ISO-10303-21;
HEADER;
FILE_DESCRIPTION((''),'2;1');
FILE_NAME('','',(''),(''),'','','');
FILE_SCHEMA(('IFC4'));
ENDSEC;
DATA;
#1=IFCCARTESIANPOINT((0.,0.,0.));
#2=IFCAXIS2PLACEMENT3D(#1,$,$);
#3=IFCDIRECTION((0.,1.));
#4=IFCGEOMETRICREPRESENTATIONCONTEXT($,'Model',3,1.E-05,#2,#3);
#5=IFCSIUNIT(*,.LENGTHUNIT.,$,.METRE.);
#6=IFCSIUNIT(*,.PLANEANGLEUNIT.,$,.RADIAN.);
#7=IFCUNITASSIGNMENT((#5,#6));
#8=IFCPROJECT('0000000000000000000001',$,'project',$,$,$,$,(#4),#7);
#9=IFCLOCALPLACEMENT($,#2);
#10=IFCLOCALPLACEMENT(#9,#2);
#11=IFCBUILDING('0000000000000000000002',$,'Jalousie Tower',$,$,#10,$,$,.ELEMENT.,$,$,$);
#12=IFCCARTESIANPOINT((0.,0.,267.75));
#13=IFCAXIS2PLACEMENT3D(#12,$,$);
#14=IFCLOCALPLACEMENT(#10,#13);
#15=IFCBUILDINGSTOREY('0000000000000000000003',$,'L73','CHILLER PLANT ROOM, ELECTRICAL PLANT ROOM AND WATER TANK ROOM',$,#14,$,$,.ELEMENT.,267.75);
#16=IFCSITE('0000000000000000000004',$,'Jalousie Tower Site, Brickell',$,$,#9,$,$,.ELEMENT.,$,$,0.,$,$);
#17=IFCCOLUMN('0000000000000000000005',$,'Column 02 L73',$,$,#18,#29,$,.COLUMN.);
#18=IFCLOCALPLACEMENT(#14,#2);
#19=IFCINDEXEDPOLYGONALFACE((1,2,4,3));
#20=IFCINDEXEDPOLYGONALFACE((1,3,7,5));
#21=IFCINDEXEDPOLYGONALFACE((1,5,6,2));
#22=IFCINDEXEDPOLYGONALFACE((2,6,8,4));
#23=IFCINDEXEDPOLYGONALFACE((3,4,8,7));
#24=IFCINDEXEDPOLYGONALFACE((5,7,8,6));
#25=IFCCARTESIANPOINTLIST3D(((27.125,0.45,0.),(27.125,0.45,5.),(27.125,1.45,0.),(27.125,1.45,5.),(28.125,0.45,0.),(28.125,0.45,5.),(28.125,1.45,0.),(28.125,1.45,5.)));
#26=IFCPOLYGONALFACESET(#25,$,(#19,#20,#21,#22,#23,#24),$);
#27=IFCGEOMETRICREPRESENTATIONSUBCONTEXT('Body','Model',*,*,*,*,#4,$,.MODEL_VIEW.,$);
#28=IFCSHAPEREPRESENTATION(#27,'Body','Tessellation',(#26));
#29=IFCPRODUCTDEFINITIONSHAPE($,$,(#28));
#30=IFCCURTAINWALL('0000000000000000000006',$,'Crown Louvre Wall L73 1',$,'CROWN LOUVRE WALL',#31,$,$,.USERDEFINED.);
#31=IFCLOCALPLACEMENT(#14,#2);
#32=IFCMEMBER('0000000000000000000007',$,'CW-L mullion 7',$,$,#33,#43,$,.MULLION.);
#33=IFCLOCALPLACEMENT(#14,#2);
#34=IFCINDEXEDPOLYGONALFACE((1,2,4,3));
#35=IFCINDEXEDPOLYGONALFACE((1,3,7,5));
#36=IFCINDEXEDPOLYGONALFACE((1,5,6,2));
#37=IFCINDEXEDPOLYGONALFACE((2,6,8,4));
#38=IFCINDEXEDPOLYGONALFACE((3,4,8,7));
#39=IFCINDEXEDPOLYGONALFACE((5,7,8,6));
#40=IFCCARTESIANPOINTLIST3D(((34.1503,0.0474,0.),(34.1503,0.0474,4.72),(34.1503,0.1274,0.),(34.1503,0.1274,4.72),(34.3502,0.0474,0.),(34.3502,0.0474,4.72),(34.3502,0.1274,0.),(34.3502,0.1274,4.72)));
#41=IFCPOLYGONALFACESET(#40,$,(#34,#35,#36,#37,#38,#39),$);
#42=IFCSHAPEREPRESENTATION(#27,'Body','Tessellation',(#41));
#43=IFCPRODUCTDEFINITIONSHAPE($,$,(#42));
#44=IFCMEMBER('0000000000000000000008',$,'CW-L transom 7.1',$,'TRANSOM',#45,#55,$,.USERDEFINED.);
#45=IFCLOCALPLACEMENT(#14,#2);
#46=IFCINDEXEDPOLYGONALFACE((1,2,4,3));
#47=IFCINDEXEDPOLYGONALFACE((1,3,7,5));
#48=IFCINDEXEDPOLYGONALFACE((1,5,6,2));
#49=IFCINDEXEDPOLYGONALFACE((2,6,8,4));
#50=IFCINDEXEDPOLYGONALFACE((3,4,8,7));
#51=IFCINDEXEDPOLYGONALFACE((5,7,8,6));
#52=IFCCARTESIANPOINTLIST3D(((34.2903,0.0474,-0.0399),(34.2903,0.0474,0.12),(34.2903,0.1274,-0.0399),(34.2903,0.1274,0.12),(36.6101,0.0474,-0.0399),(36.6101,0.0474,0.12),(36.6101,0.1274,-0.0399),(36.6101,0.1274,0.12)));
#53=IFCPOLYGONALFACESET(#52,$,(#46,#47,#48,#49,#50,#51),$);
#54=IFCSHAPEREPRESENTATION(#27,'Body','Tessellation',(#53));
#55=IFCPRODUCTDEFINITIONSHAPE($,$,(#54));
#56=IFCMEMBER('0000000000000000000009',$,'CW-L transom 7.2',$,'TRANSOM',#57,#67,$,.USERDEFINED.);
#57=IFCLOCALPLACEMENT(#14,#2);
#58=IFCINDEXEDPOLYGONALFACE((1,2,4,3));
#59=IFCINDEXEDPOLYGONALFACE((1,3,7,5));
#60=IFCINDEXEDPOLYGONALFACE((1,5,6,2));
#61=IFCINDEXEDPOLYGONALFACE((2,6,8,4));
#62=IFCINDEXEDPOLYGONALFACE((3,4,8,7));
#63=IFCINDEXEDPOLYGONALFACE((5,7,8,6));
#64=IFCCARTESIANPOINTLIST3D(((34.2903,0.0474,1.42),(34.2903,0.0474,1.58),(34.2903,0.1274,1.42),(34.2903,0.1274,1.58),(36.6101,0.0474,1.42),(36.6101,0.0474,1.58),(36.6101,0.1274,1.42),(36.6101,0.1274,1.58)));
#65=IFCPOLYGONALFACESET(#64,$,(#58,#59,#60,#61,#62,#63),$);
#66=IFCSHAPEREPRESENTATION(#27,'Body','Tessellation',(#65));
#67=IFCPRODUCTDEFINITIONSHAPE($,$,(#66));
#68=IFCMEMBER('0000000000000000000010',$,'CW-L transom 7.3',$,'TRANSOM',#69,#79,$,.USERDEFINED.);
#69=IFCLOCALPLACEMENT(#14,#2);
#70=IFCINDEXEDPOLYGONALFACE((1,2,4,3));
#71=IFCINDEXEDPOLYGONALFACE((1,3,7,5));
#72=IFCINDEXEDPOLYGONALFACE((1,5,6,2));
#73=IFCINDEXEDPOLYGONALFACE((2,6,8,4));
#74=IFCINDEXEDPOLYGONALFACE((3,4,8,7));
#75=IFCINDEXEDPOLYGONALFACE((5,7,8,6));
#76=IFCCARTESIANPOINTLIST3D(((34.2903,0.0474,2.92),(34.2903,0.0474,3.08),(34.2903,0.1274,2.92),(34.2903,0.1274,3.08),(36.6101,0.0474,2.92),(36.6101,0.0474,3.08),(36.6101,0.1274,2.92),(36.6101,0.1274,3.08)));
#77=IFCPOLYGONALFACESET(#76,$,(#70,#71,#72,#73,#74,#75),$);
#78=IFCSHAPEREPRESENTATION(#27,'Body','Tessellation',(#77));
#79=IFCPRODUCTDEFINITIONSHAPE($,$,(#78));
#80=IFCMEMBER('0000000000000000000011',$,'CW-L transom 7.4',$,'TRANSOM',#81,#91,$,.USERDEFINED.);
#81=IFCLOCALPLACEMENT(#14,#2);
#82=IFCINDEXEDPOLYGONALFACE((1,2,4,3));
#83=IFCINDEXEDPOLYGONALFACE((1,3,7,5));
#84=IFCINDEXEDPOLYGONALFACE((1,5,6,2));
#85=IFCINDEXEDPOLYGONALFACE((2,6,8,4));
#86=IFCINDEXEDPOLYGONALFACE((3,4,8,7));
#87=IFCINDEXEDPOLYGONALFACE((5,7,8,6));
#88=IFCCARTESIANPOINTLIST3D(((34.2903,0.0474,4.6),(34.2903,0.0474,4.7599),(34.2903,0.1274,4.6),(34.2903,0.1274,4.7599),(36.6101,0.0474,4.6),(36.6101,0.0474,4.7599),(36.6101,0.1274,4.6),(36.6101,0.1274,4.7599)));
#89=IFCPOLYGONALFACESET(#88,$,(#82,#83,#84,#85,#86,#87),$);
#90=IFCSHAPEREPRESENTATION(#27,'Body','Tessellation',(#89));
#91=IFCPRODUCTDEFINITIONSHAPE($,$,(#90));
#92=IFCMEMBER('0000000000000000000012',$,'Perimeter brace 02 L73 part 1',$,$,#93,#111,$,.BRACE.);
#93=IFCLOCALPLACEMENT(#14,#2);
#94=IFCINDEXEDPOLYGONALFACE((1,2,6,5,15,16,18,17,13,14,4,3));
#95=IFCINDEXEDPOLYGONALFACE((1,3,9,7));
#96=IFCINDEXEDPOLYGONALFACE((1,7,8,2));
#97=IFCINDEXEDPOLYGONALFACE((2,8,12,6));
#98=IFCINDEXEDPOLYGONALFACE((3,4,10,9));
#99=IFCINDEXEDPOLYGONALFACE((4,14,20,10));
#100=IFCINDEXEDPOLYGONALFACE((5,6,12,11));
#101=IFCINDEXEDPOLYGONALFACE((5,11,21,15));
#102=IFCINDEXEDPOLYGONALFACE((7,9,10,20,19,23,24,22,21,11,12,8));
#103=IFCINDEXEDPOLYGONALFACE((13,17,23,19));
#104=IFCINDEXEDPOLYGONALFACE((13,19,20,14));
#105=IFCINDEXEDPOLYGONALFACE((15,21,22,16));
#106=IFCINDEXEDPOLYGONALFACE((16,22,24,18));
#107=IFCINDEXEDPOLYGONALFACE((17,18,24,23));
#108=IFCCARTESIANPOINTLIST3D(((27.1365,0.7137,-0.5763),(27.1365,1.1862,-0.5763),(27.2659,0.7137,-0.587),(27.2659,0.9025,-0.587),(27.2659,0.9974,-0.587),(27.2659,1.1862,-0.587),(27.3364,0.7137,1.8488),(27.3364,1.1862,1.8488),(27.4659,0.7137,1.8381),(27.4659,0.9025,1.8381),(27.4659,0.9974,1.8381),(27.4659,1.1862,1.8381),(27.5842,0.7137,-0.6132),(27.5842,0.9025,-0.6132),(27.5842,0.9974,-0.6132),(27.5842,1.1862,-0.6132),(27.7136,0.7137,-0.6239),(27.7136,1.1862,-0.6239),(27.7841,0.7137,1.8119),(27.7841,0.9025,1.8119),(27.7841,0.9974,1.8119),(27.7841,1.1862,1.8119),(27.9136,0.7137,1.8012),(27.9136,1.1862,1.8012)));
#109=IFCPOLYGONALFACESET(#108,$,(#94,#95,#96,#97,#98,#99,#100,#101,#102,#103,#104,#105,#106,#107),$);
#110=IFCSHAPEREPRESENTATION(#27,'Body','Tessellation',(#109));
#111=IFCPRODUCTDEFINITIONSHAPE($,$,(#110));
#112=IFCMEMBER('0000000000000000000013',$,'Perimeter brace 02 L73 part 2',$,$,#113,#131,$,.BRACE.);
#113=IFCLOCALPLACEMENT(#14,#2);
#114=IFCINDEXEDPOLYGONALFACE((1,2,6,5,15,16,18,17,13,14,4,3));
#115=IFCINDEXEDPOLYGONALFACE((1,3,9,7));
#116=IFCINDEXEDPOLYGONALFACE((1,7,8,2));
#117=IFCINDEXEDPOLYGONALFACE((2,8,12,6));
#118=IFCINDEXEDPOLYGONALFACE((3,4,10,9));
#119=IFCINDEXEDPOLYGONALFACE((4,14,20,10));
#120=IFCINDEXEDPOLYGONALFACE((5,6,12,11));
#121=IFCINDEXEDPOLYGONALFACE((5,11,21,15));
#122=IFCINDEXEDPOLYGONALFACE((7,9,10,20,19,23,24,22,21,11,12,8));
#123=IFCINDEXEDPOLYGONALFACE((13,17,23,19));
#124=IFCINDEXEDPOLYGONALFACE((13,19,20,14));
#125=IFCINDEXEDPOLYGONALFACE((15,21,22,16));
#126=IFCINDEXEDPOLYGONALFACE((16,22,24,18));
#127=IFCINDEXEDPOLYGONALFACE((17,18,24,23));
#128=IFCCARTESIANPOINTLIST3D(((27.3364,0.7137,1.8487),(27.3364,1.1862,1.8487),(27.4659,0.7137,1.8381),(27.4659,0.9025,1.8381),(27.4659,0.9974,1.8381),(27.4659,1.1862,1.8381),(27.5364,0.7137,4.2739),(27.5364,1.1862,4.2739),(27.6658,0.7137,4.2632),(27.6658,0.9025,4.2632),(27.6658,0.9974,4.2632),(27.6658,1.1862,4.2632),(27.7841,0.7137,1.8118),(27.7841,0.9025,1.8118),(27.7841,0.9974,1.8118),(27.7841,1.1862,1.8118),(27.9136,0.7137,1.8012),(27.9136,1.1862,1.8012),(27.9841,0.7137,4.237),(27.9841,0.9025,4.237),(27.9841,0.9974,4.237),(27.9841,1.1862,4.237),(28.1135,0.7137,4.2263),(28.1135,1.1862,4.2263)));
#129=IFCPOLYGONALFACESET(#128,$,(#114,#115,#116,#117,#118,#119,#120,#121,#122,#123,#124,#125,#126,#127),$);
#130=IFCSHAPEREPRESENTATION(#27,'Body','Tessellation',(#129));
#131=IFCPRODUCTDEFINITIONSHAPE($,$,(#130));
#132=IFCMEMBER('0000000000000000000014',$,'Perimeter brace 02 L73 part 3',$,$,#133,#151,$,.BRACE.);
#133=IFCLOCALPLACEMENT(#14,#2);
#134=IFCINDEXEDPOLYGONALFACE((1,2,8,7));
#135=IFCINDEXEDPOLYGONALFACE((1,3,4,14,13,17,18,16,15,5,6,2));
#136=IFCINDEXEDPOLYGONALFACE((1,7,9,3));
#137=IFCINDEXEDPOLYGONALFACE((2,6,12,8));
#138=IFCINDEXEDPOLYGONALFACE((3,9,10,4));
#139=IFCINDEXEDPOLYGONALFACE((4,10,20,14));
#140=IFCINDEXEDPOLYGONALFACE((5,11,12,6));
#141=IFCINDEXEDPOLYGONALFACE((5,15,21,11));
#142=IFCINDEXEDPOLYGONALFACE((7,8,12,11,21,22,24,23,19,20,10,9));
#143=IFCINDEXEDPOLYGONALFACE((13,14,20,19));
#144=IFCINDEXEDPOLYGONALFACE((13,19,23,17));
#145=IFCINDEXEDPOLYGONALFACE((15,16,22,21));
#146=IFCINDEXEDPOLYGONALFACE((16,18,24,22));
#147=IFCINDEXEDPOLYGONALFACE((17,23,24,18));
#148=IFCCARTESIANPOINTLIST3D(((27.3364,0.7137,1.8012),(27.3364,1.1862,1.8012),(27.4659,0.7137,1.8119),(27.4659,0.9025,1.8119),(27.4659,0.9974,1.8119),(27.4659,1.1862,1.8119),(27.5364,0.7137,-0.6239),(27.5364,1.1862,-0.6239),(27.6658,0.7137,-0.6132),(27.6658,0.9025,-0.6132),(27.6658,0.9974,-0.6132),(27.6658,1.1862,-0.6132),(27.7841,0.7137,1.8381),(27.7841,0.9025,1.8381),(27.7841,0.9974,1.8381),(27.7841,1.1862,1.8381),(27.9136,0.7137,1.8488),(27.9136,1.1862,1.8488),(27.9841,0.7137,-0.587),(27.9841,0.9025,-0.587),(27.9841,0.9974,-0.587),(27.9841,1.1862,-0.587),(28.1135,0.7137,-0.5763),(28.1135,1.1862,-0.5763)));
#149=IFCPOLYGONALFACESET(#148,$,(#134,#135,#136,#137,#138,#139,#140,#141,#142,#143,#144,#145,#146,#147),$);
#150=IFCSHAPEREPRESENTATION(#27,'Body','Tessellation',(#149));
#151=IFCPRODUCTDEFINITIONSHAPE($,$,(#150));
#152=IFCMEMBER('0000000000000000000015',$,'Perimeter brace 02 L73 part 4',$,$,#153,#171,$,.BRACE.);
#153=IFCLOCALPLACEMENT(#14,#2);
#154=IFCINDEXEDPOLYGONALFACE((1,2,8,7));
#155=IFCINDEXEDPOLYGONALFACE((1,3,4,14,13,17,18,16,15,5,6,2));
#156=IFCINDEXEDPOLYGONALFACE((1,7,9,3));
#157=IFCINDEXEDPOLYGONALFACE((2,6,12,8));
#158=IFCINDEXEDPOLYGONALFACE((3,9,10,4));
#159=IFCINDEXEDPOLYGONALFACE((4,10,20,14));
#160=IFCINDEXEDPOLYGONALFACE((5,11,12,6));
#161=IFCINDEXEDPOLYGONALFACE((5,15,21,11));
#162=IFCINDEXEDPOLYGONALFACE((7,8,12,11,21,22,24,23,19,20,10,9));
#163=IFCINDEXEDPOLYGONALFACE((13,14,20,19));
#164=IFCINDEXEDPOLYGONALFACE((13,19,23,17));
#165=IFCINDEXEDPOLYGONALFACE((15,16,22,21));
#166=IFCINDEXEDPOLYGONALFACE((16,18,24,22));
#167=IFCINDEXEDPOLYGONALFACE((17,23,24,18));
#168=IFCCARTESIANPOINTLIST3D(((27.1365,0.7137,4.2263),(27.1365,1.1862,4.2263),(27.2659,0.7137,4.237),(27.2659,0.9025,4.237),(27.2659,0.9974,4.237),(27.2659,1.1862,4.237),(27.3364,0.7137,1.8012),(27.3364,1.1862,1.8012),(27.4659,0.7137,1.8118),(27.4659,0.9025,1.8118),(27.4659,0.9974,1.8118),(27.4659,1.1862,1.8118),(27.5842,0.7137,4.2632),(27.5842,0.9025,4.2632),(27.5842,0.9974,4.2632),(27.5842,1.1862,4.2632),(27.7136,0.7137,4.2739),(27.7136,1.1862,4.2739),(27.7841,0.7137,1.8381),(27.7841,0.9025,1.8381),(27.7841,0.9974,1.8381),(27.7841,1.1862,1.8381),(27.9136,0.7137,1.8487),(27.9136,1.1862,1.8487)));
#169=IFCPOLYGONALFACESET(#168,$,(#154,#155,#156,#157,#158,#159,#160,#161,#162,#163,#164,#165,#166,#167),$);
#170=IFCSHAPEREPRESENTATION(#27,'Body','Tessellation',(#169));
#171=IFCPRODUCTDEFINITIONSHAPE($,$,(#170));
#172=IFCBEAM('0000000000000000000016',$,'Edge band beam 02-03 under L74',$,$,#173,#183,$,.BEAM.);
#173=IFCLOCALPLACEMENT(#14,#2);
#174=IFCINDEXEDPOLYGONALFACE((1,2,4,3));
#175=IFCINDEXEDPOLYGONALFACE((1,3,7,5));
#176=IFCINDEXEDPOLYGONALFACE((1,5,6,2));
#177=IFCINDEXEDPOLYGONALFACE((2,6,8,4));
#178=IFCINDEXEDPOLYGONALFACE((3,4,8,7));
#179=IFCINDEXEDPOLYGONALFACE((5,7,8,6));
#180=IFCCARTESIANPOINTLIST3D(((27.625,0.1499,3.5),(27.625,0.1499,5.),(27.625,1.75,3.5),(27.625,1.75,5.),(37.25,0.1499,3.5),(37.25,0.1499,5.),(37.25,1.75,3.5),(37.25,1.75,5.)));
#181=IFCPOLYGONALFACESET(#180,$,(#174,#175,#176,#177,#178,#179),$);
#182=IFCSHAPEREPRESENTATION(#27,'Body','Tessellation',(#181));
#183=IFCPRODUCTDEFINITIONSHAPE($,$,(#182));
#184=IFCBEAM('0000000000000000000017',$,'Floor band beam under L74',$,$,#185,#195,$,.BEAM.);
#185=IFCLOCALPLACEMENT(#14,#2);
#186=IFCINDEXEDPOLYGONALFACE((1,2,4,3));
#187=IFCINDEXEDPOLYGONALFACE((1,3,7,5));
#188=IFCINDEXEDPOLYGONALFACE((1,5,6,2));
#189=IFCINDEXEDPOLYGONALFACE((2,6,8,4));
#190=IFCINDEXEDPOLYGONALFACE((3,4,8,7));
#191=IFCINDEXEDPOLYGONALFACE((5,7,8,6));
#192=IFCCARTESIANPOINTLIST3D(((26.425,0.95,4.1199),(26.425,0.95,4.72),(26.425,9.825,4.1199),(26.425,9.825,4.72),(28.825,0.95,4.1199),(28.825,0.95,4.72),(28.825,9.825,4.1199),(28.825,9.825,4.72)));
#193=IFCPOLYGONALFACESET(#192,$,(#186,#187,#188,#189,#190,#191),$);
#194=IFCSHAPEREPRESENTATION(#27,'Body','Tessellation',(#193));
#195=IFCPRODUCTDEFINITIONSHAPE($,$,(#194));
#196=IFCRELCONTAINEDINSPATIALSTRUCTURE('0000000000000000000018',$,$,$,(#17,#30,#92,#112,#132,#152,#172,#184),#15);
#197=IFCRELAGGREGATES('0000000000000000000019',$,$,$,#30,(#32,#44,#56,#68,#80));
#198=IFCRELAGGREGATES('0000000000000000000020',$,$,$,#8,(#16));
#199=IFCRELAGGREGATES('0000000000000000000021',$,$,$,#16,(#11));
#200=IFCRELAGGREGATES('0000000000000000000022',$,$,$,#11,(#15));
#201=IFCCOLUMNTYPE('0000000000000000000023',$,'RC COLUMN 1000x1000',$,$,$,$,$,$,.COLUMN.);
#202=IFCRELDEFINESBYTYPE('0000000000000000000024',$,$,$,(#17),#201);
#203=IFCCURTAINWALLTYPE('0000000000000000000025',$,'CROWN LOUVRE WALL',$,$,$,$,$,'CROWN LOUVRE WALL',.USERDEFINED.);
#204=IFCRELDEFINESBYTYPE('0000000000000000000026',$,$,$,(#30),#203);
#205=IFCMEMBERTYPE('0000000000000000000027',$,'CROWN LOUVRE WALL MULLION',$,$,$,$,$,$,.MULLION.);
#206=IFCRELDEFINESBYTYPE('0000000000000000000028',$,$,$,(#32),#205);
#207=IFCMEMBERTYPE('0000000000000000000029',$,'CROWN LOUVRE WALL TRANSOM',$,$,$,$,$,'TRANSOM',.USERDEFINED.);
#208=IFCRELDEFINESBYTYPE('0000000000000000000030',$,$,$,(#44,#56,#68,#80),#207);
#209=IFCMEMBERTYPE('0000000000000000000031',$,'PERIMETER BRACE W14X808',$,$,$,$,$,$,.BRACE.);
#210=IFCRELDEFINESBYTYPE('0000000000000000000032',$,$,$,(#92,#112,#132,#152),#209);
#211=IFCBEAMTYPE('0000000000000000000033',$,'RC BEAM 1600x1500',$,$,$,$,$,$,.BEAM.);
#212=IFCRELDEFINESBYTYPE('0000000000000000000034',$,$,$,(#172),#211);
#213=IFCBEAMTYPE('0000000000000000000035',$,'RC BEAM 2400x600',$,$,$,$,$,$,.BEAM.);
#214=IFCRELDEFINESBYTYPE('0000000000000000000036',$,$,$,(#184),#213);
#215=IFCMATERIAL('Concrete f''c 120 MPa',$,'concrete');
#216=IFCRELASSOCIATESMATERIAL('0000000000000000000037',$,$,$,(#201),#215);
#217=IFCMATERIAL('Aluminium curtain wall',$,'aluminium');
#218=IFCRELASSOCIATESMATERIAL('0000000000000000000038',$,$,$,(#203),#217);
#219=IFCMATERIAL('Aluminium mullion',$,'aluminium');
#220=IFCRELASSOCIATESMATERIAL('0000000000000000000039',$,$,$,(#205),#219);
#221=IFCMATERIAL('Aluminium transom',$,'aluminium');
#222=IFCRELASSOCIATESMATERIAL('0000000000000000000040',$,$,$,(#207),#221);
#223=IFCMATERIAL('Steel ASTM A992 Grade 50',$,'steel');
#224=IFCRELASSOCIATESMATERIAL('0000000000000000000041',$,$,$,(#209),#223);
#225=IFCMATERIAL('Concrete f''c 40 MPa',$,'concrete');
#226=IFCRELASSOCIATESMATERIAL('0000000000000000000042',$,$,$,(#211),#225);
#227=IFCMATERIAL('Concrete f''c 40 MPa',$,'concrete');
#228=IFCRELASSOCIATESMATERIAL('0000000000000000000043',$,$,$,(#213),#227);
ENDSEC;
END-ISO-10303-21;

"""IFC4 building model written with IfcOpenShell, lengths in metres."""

from ifc_helpers import new_model, si_unit, direction, frame, origin, origin_2d, place, context, subcontext, project, spatial, rectangle, i_section, extrude, material, material_profile, profile_set, type_object, element, aggregate, save


model = new_model("IFC4")

# Units and contexts
model_context = context("Model", 3, precision=1e-05, world=origin(), true_north=direction((0.0, 1.0)))
body_context = subcontext(model_context, "Body", "Model", "MODEL_VIEW")
ifc_project = project(units=[si_unit("LENGTHUNIT", "METRE"), si_unit("PLANEANGLEUNIT", "RADIAN")], contexts=[model_context])

# Site, building, storey
site_placement = place(None, origin())
site = spatial("IfcSite", under=ifc_project, at=site_placement, Name="Jalousie Tower Site, Brickell", CompositionType="ELEMENT", RefElevation=0.0)
building_placement = place(site_placement, origin())
building = spatial("IfcBuilding", under=site, at=building_placement, Name="Jalousie Tower", CompositionType="ELEMENT")
storey_placement = place(building_placement, frame((0.0, 0.0, 267.75)))
storey = spatial("IfcBuildingStorey", under=building, at=storey_placement, Name="L73", Description="CHILLER PLANT ROOM, ELECTRICAL PLANT ROOM AND WATER TANK ROOM", CompositionType="ELEMENT", Elevation=267.75)

# Column
ifc_material_1 = material(Name="Concrete f'c 120 MPa", Category="concrete")
ifc_material_profile_1 = material_profile(ifc_material_1, rectangle(XDim=1.0, YDim=1.0, at=origin_2d()), Name="RC 1000x1000")
ifc_profile_set_1 = profile_set([ifc_material_profile_1], Name="Concrete f'c 120 MPa")
column_type = type_object("IfcColumnType", Name="RC COLUMN 1000x1000", PredefinedType="COLUMN", material=ifc_profile_set_1)
column_placement = place(storey_placement, frame((27.625, 0.95, 0.0), z_axis=(0.0, 0.0, 1.0), x_axis=(1.0, 0.0, 0.0)))
element("IfcColumn", 1, at=column_placement, inside=storey, type_object=column_type, Name="Column 02 L73", PredefinedType="COLUMN", context=body_context, shape_type="SweptSolid", body=[
    extrude(rectangle(XDim=1.0, YDim=1.0, at=origin_2d()), origin(), (0.0, 0.0, 1.0), 5.0),
])

# Curtain wall, members
ifc_material_2 = material(Name="Aluminium curtain wall", Category="aluminium")
curtain_wall_type = type_object("IfcCurtainWallType", Name="CROWN LOUVRE WALL", ElementType="CROWN LOUVRE WALL", PredefinedType="USERDEFINED", material=ifc_material_2)
curtain_wall_placement = place(storey_placement, origin())
curtain_wall = element("IfcCurtainWall", 2, at=curtain_wall_placement, inside=storey, type_object=curtain_wall_type, Name="Crown Louvre Wall L73 1", ObjectType="CROWN LOUVRE WALL", PredefinedType="USERDEFINED")
ifc_material_3 = material(Name="Aluminium mullion", Category="aluminium")
ifc_material_profile_2 = material_profile(ifc_material_3, rectangle(XDim=0.0801, YDim=0.2, at=origin_2d()), Name="MULLION 80x200")
ifc_profile_set_2 = profile_set([ifc_material_profile_2], Name="Aluminium mullion")
member_type_1 = type_object("IfcMemberType", Name="CROWN LOUVRE WALL MULLION", PredefinedType="MULLION", material=ifc_profile_set_2)
member_1_placement = place(storey_placement, frame((34.2502, 0.0874, 0.0), z_axis=(0.0, 0.0, 1.0), x_axis=(0.0, 1.0, 0.0)))
member_1 = element("IfcMember", 3, at=member_1_placement, type_object=member_type_1, Name="CW-L mullion 7", PredefinedType="MULLION", context=body_context, shape_type="SweptSolid", body=[
    extrude(rectangle(XDim=0.0801, YDim=0.2, at=origin_2d()), origin(), (0.0, 0.0, 1.0), 4.72),
])
ifc_material_4 = material(Name="Aluminium transom", Category="aluminium")
ifc_material_profile_3 = material_profile(ifc_material_4, rectangle(XDim=0.0801, YDim=0.1599, at=origin_2d()), Name="TRANSOM 80x160")
ifc_profile_set_3 = profile_set([ifc_material_profile_3], Name="Aluminium transom")
member_type_2 = type_object("IfcMemberType", Name="CROWN LOUVRE WALL TRANSOM", ElementType="TRANSOM", PredefinedType="USERDEFINED", material=ifc_profile_set_3)
member_2_placement = place(storey_placement, frame((34.2903, 0.0874, 0.04), z_axis=(1.0, 0.0, 0.0), x_axis=(0.0, 1.0, 0.0)))
member_2 = element("IfcMember", 4, at=member_2_placement, type_object=member_type_2, Name="CW-L transom 7.1", ObjectType="TRANSOM", PredefinedType="USERDEFINED", context=body_context, shape_type="SweptSolid", body=[
    extrude(rectangle(XDim=0.0801, YDim=0.1599, at=origin_2d()), origin(), (0.0, 0.0, 1.0), 2.3198),
])
member_3_placement = place(storey_placement, frame((34.2903, 0.0874, 1.5), z_axis=(1.0, 0.0, 0.0), x_axis=(0.0, 1.0, 0.0)))
member_3 = element("IfcMember", 5, at=member_3_placement, type_object=member_type_2, Name="CW-L transom 7.2", ObjectType="TRANSOM", PredefinedType="USERDEFINED", context=body_context, shape_type="SweptSolid", body=[
    extrude(rectangle(XDim=0.0801, YDim=0.1599, at=origin_2d()), origin(), (0.0, 0.0, 1.0), 2.3198),
])
member_4_placement = place(storey_placement, frame((34.2903, 0.0874, 3.0), z_axis=(1.0, 0.0, 0.0), x_axis=(0.0, 1.0, 0.0)))
member_4 = element("IfcMember", 6, at=member_4_placement, type_object=member_type_2, Name="CW-L transom 7.3", ObjectType="TRANSOM", PredefinedType="USERDEFINED", context=body_context, shape_type="SweptSolid", body=[
    extrude(rectangle(XDim=0.0801, YDim=0.1599, at=origin_2d()), origin(), (0.0, 0.0, 1.0), 2.3198),
])
member_5_placement = place(storey_placement, frame((34.2903, 0.0874, 4.6799), z_axis=(1.0, 0.0, 0.0), x_axis=(0.0, 1.0, 0.0)))
member_5 = element("IfcMember", 7, at=member_5_placement, type_object=member_type_2, Name="CW-L transom 7.4", ObjectType="TRANSOM", PredefinedType="USERDEFINED", context=body_context, shape_type="SweptSolid", body=[
    extrude(rectangle(XDim=0.0801, YDim=0.1599, at=origin_2d()), origin(), (0.0, 0.0, 1.0), 2.3198),
])

# Members
ifc_material_5 = material(Name="Steel ASTM A992 Grade 50", Category="steel")
ifc_material_profile_4 = material_profile(ifc_material_5, i_section(OverallWidth=0.4724, OverallDepth=0.5791, WebThickness=0.095, FlangeThickness=0.1299, at=origin_2d()), Name="W14X808")
ifc_profile_set_4 = profile_set([ifc_material_profile_4], Name="Steel ASTM A992 Grade 50")
member_type_3 = type_object("IfcMemberType", Name="PERIMETER BRACE W14X808", PredefinedType="BRACE", material=ifc_profile_set_4)
for number, where, z_axis, x_axis, name in (
    (8, (27.425, 0.95, -0.6001), (0.082174, 0.0, 0.996618), (0.0, 1.0, 0.0), "Perimeter brace 02 L73 part 1"),
    (9, (27.625, 0.95, 1.825), (0.082174, 0.0, 0.996618), (0.0, 1.0, 0.0), "Perimeter brace 02 L73 part 2"),
    (10, (27.825, 0.95, -0.6001), (-0.082174, 0.0, 0.996618), (0.0, -1.0, 0.0), "Perimeter brace 02 L73 part 3"),
    (11, (27.625, 0.95, 1.825), (-0.082174, 0.0, 0.996618), (0.0, -1.0, 0.0), "Perimeter brace 02 L73 part 4"),
):
    element("IfcMember", number, at=place(storey_placement, frame(where, z_axis=z_axis, x_axis=x_axis)), inside=storey, type_object=member_type_3, Name=name, PredefinedType="BRACE", context=body_context, shape_type="SweptSolid", body=[
        extrude(i_section(OverallWidth=0.4724, OverallDepth=0.5791, WebThickness=0.095, FlangeThickness=0.1299, at=origin_2d()), origin(), (0.0, 0.0, 1.0), 2.4333),
    ])

# Beams
ifc_material_6 = material(Name="Concrete f'c 40 MPa", Category="concrete")
ifc_material_profile_5 = material_profile(ifc_material_6, rectangle(XDim=1.6001, YDim=1.5, at=origin_2d()), Name="RC 1600x1500")
ifc_profile_set_5 = profile_set([ifc_material_profile_5], Name="Concrete f'c 40 MPa")
beam_type_1 = type_object("IfcBeamType", Name="RC BEAM 1600x1500", PredefinedType="BEAM", material=ifc_profile_set_5)
beam_1_placement = place(storey_placement, frame((27.625, 0.95, 4.25), z_axis=(1.0, 0.0, 0.0), x_axis=(0.0, 1.0, 0.0)))
element("IfcBeam", 12, at=beam_1_placement, inside=storey, type_object=beam_type_1, Name="Edge band beam 02-03 under L74", PredefinedType="BEAM", context=body_context, shape_type="SweptSolid", body=[
    extrude(rectangle(XDim=1.6001, YDim=1.5, at=origin_2d()), origin(), (0.0, 0.0, 1.0), 9.625),
])
ifc_material_7 = material(Name="Concrete f'c 40 MPa", Category="concrete")
ifc_material_profile_6 = material_profile(ifc_material_7, rectangle(XDim=2.3999, YDim=0.6001, at=origin_2d()), Name="RC 2400x600")
ifc_profile_set_6 = profile_set([ifc_material_profile_6], Name="Concrete f'c 40 MPa")
beam_type_2 = type_object("IfcBeamType", Name="RC BEAM 2400x600", PredefinedType="BEAM", material=ifc_profile_set_6)
beam_2_placement = place(storey_placement, frame((27.625, 0.95, 4.4199), z_axis=(0.0, 1.0, 0.0), x_axis=(-1.0, 0.0, 0.0)))
element("IfcBeam", 13, at=beam_2_placement, inside=storey, type_object=beam_type_2, Name="Floor band beam under L74", PredefinedType="BEAM", context=body_context, shape_type="SweptSolid", body=[
    extrude(rectangle(XDim=2.3999, YDim=0.6001, at=origin_2d()), origin(), (0.0, 0.0, 1.0), 8.875),
])

aggregate(curtain_wall, [member_1, member_2, member_3, member_4, member_5])

save(model, "model.ifc")
